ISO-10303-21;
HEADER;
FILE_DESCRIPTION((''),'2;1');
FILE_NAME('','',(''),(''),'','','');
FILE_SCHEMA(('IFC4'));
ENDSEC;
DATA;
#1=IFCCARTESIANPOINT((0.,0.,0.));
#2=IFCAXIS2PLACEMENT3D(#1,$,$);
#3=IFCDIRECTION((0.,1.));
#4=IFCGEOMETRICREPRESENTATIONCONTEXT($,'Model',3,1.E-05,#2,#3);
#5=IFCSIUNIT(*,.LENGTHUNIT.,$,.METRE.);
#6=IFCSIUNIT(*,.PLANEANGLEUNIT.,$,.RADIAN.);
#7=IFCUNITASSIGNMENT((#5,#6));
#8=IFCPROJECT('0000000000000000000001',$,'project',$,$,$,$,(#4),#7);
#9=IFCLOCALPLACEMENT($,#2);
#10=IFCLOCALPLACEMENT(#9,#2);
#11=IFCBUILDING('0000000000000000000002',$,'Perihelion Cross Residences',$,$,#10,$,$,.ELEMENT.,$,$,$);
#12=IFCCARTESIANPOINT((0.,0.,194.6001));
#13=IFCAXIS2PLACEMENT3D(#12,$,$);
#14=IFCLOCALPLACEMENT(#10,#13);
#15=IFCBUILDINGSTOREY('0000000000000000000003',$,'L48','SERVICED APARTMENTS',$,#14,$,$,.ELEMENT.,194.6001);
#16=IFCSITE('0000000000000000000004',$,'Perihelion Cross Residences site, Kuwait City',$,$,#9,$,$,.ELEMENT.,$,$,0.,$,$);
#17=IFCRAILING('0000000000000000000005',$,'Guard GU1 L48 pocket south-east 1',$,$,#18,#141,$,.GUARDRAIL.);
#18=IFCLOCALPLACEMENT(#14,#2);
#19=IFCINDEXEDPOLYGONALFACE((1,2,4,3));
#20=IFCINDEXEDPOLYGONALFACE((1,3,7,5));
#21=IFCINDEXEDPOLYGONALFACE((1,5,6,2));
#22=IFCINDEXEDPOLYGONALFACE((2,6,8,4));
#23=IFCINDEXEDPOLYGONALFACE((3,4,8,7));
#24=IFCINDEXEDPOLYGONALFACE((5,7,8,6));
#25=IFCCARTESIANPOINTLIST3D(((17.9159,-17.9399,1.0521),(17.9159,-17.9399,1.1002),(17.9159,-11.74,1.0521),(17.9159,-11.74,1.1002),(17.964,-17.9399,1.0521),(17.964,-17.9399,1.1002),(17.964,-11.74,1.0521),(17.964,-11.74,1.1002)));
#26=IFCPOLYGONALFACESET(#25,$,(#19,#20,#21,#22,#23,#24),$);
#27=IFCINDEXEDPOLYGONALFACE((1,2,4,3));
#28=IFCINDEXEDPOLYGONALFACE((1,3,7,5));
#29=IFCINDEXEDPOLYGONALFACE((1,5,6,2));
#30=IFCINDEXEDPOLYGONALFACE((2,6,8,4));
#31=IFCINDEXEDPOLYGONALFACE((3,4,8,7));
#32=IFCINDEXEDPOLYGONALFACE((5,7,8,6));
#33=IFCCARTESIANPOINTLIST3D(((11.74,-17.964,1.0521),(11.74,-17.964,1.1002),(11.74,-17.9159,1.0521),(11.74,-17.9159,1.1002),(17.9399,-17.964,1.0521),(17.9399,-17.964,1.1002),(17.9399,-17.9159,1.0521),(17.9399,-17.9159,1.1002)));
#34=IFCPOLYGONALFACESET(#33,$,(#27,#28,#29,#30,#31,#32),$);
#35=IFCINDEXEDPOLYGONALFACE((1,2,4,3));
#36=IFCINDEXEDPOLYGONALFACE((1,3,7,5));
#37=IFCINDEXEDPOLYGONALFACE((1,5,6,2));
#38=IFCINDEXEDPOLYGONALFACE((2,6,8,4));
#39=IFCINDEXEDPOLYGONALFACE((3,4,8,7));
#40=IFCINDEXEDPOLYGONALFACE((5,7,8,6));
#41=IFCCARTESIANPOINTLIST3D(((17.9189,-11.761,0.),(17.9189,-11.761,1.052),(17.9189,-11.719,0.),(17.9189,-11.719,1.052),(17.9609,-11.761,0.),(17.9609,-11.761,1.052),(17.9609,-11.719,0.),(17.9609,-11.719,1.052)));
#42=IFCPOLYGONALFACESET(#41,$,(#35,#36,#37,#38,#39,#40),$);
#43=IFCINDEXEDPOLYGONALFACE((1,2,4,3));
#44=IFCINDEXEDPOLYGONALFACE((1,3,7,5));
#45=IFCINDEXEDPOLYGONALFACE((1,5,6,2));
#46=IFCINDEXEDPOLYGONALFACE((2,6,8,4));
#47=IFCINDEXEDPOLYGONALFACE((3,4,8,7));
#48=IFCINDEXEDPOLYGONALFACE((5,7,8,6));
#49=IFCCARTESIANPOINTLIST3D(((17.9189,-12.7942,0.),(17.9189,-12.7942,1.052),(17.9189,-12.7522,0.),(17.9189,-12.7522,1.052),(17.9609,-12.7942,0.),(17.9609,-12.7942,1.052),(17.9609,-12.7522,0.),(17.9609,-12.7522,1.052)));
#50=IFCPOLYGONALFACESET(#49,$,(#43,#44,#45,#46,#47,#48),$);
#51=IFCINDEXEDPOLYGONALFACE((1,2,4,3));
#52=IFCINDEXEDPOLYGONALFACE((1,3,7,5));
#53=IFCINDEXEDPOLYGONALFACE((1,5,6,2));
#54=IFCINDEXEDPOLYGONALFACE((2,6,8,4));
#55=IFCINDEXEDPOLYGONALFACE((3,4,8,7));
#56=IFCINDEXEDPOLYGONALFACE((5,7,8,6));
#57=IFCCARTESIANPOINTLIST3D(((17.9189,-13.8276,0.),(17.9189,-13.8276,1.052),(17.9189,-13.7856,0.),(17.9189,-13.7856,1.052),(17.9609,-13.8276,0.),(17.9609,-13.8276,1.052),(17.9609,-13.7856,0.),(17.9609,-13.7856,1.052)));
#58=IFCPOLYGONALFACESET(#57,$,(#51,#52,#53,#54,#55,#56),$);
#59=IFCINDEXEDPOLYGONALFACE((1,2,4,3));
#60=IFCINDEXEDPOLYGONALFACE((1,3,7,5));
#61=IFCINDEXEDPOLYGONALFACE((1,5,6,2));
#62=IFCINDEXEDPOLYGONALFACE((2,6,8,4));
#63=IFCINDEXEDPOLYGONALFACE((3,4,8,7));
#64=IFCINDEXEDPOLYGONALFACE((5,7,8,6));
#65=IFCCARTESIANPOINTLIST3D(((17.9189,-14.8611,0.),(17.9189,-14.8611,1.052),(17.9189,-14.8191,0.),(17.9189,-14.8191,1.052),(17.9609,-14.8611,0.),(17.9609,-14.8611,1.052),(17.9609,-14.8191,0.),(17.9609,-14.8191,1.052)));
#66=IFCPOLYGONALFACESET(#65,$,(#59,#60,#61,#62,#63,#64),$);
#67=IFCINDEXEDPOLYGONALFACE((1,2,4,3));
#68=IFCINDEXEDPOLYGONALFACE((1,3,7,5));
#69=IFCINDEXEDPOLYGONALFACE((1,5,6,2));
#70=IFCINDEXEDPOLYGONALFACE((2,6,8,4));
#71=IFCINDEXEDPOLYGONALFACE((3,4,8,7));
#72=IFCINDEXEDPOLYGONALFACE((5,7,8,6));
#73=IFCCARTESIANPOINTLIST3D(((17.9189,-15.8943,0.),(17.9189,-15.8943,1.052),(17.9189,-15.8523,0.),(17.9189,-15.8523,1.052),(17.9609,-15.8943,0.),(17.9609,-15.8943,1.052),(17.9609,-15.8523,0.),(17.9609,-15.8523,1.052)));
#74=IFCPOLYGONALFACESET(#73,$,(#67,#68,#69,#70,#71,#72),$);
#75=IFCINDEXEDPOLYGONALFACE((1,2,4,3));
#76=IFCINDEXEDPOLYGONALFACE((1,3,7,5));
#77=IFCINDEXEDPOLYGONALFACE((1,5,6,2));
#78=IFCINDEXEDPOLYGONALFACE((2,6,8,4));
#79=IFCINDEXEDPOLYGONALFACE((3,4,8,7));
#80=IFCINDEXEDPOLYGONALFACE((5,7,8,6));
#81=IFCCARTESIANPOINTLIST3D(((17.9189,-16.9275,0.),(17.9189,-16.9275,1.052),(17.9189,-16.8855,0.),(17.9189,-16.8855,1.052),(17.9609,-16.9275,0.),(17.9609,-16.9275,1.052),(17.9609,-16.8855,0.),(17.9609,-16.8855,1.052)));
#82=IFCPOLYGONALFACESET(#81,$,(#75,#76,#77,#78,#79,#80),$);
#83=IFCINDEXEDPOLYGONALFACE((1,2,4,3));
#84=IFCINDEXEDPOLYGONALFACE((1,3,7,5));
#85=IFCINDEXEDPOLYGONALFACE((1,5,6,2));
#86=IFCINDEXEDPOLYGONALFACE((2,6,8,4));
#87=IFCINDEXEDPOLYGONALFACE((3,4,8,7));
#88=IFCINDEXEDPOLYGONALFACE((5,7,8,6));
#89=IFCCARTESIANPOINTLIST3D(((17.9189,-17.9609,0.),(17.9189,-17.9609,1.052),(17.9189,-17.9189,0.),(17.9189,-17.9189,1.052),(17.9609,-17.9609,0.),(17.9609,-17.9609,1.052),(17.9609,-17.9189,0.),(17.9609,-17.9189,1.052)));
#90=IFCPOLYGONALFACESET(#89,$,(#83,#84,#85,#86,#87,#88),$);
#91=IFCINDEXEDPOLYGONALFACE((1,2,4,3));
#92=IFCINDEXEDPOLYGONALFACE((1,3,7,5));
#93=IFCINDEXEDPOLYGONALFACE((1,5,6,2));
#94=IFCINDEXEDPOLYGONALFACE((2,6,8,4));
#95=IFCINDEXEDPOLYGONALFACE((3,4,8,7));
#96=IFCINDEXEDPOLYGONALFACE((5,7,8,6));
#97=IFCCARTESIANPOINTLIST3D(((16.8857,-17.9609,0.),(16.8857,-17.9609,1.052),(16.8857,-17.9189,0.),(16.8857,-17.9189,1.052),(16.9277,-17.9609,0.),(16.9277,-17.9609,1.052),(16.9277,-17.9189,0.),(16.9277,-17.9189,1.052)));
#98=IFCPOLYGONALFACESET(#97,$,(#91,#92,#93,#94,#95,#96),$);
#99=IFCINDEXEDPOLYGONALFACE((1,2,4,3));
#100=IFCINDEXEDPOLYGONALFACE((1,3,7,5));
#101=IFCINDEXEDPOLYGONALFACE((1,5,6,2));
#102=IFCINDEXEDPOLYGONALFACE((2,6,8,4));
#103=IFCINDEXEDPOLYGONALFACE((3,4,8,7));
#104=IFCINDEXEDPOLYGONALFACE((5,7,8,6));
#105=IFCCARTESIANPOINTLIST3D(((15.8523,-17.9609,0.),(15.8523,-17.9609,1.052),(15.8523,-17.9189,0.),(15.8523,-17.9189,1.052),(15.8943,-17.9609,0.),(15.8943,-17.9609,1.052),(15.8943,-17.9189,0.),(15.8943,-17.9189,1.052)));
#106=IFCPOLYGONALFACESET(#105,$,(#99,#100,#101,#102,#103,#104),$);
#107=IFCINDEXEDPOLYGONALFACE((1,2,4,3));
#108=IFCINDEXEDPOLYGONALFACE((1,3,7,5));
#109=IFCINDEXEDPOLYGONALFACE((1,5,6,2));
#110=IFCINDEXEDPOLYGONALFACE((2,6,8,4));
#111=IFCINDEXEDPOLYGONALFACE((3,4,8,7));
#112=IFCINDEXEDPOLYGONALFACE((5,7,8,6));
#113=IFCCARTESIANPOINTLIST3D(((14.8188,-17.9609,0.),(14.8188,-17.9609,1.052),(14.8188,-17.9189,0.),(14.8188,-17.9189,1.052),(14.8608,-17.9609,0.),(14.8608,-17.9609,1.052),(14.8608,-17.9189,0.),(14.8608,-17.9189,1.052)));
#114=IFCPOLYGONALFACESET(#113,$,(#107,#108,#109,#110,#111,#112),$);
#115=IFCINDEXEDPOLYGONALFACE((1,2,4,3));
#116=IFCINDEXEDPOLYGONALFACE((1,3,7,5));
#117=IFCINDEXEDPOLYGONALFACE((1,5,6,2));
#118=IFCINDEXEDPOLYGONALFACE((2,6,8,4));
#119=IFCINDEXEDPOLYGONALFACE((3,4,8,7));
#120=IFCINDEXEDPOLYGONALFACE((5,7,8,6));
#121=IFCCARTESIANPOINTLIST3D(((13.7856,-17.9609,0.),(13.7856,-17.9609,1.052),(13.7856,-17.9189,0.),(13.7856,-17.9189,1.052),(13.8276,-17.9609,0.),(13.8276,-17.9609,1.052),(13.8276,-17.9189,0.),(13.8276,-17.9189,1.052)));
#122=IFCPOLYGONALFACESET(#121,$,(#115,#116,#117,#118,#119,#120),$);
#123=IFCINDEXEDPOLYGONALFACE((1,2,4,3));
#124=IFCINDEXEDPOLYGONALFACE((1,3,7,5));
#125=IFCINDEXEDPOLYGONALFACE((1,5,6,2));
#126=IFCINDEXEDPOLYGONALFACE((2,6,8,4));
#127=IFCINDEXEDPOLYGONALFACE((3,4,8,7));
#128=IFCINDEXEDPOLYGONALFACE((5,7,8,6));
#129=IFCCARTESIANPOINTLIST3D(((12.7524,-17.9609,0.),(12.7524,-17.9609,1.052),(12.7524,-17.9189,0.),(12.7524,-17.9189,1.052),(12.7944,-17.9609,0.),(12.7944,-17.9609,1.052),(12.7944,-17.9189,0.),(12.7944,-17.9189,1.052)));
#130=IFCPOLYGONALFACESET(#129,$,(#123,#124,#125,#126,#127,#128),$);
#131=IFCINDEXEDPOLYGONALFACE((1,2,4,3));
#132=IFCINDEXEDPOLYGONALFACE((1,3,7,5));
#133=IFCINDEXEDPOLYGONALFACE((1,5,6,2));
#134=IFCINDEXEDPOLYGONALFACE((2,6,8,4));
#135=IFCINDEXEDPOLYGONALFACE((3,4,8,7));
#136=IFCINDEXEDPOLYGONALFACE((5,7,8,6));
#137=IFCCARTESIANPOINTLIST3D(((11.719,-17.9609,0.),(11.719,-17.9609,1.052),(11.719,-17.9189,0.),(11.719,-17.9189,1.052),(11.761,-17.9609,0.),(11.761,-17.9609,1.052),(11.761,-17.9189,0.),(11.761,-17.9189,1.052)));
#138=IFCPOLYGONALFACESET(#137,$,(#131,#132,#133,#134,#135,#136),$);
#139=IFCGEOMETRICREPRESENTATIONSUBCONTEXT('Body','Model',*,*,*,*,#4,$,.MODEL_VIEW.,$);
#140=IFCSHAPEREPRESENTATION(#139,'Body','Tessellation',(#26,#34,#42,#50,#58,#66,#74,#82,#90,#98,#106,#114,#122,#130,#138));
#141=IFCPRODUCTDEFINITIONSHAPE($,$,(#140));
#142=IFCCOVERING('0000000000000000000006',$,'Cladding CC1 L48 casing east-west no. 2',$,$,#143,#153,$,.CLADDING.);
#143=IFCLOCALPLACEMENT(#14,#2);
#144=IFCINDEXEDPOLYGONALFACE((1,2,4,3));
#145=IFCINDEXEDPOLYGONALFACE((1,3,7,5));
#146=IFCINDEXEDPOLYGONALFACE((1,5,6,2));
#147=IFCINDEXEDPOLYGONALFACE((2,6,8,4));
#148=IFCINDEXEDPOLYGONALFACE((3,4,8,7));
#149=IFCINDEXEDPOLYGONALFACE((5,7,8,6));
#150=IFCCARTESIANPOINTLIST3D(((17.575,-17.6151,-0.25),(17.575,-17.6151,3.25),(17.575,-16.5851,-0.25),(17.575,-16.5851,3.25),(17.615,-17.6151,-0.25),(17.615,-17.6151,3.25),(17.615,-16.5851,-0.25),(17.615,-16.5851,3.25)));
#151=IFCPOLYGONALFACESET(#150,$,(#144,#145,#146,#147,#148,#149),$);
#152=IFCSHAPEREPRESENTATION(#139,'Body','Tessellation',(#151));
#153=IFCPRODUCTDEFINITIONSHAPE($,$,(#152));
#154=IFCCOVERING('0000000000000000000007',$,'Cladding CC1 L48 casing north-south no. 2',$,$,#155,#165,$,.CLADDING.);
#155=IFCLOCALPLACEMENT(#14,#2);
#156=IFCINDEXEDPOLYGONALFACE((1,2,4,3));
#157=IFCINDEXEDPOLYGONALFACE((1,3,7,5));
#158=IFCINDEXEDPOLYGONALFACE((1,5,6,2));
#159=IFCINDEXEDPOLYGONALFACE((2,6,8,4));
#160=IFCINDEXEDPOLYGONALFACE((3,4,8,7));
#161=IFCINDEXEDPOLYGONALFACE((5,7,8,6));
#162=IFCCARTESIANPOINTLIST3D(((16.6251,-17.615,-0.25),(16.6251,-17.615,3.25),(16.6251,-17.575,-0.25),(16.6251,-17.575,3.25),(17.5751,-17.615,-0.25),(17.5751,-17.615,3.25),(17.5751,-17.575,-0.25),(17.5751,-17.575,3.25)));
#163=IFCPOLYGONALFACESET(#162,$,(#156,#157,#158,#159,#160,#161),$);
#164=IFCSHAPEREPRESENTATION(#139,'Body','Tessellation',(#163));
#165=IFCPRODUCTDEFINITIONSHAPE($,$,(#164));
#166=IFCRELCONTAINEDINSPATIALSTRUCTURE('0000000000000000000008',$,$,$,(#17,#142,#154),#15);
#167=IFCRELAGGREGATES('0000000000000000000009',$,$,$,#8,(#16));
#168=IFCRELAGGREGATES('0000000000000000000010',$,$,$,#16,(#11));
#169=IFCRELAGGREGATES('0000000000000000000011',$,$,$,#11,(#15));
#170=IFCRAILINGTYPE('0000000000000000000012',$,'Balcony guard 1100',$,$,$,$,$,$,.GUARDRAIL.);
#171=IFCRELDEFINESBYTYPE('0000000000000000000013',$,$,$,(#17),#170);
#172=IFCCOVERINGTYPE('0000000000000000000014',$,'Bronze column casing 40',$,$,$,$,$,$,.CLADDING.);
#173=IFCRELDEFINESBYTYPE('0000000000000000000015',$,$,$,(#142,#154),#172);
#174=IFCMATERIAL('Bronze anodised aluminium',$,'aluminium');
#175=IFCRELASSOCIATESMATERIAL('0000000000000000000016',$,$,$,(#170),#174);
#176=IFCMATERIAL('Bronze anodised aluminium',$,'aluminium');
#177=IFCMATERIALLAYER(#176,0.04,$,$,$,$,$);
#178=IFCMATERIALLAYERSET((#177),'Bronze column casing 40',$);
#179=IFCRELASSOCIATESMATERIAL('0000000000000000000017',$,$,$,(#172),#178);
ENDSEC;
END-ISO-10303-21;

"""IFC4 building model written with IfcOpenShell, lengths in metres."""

from ifc_helpers import new_model, si_unit, direction, frame, origin, origin_2d, place, context, subcontext, project, spatial, rectangle, extrude, material, layer, layer_set, type_object, element, save


model = new_model("IFC4")

# Units and contexts
model_context = context("Model", 3, precision=1e-05, world=origin(), true_north=direction((0.0, 1.0)))
body_context = subcontext(model_context, "Body", "Model", "MODEL_VIEW")
ifc_project = project(units=[si_unit("LENGTHUNIT", "METRE"), si_unit("PLANEANGLEUNIT", "RADIAN")], contexts=[model_context])

# Site, building, storey
site_placement = place(None, origin())
site = spatial("IfcSite", under=ifc_project, at=site_placement, Name="Perihelion Cross Residences site, Kuwait City", CompositionType="ELEMENT", RefElevation=0.0)
building_placement = place(site_placement, origin())
building = spatial("IfcBuilding", under=site, at=building_placement, Name="Perihelion Cross Residences", CompositionType="ELEMENT")
storey_placement = place(building_placement, frame((0.0, 0.0, 194.6001)))
storey = spatial("IfcBuildingStorey", under=building, at=storey_placement, Name="L48", Description="SERVICED APARTMENTS", CompositionType="ELEMENT", Elevation=194.6001)

# Railing
ifc_material_1 = material(Name="Bronze anodised aluminium", Category="aluminium")
railing_type = type_object("IfcRailingType", Name="Balcony guard 1100", PredefinedType="GUARDRAIL", material=ifc_material_1)
railing_1_placement = place(storey_placement, frame((17.9399, -11.74, 0.0)))
element("IfcRailing", 1, at=railing_1_placement, inside=storey, type_object=railing_type, Name="Guard GU1 L48 pocket south-east 1", PredefinedType="GUARDRAIL", context=body_context, shape_type="SweptSolid", body=[
    extrude(rectangle(XDim=0.0481, YDim=0.0481, at=origin_2d()), frame((0.0, 0.0, 1.0762), z_axis=(0.0, -1.0, 0.0), x_axis=(1.0, 0.0, 0.0)), (0.0, 0.0, 1.0), 6.2),
    extrude(rectangle(XDim=0.0481, YDim=0.0481, at=origin_2d()), frame((0.0, -6.2, 1.0762), z_axis=(-1.0, 0.0, 0.0), x_axis=(0.0, -1.0, 0.0)), (0.0, 0.0, 1.0), 6.2),
    extrude(rectangle(XDim=0.042, YDim=0.042, at=origin_2d()), origin(), (0.0, 0.0, 1.0), 1.052),
    extrude(rectangle(XDim=0.042, YDim=0.042, at=origin_2d()), frame((0.0, -1.0332, 0.0)), (0.0, 0.0, 1.0), 1.052),
    extrude(rectangle(XDim=0.042, YDim=0.042, at=origin_2d()), frame((0.0, -2.0667, 0.0)), (0.0, 0.0, 1.0), 1.052),
    extrude(rectangle(XDim=0.042, YDim=0.042, at=origin_2d()), frame((0.0, -3.1001, 0.0)), (0.0, 0.0, 1.0), 1.052),
    extrude(rectangle(XDim=0.042, YDim=0.042, at=origin_2d()), frame((0.0, -4.1333, 0.0)), (0.0, 0.0, 1.0), 1.052),
    extrude(rectangle(XDim=0.042, YDim=0.042, at=origin_2d()), frame((0.0, -5.1665, 0.0)), (0.0, 0.0, 1.0), 1.052),
    extrude(rectangle(XDim=0.042, YDim=0.042, at=origin_2d()), frame((0.0, -6.2, 0.0)), (0.0, 0.0, 1.0), 1.052),
    extrude(rectangle(XDim=0.042, YDim=0.042, at=origin_2d()), frame((-1.0332, -6.2, 0.0)), (0.0, 0.0, 1.0), 1.052),
    extrude(rectangle(XDim=0.042, YDim=0.042, at=origin_2d()), frame((-2.0667, -6.2, 0.0)), (0.0, 0.0, 1.0), 1.052),
    extrude(rectangle(XDim=0.042, YDim=0.042, at=origin_2d()), frame((-3.1001, -6.2, 0.0)), (0.0, 0.0, 1.0), 1.052),
    extrude(rectangle(XDim=0.042, YDim=0.042, at=origin_2d()), frame((-4.1333, -6.2, 0.0)), (0.0, 0.0, 1.0), 1.052),
    extrude(rectangle(XDim=0.042, YDim=0.042, at=origin_2d()), frame((-5.1665, -6.2, 0.0)), (0.0, 0.0, 1.0), 1.052),
    extrude(rectangle(XDim=0.042, YDim=0.042, at=origin_2d()), frame((-6.2, -6.2, 0.0)), (0.0, 0.0, 1.0), 1.052),
])

# Coverings
ifc_material_2 = material(Name="Bronze anodised aluminium", Category="aluminium")
ifc_layer_1 = layer(ifc_material_2, 0.04)
ifc_layer_set_1 = layer_set([ifc_layer_1], Name="Bronze column casing 40")
covering_type = type_object("IfcCoveringType", Name="Bronze column casing 40", PredefinedType="CLADDING", material=ifc_layer_set_1)
covering_1_placement = place(storey_placement, frame((17.595, -17.1001, -0.25), z_axis=(0.0, 0.0, 1.0), x_axis=(1.0, 0.0, 0.0)))
element("IfcCovering", 2, at=covering_1_placement, inside=storey, type_object=covering_type, Name="Cladding CC1 L48 casing east-west no. 2", PredefinedType="CLADDING", context=body_context, shape_type="SweptSolid", body=[
    extrude(rectangle(XDim=0.04, YDim=1.03, at=origin_2d()), origin(), (0.0, 0.0, 1.0), 3.5),
])
covering_2_placement = place(storey_placement, frame((17.1001, -17.595, -0.25), z_axis=(0.0, 0.0, 1.0), x_axis=(1.0, 0.0, 0.0)))
element("IfcCovering", 3, at=covering_2_placement, inside=storey, type_object=covering_type, Name="Cladding CC1 L48 casing north-south no. 2", PredefinedType="CLADDING", context=body_context, shape_type="SweptSolid", body=[
    extrude(rectangle(XDim=0.95, YDim=0.04, at=origin_2d()), origin(), (0.0, 0.0, 1.0), 3.5),
])

save(model, "model.ifc")
